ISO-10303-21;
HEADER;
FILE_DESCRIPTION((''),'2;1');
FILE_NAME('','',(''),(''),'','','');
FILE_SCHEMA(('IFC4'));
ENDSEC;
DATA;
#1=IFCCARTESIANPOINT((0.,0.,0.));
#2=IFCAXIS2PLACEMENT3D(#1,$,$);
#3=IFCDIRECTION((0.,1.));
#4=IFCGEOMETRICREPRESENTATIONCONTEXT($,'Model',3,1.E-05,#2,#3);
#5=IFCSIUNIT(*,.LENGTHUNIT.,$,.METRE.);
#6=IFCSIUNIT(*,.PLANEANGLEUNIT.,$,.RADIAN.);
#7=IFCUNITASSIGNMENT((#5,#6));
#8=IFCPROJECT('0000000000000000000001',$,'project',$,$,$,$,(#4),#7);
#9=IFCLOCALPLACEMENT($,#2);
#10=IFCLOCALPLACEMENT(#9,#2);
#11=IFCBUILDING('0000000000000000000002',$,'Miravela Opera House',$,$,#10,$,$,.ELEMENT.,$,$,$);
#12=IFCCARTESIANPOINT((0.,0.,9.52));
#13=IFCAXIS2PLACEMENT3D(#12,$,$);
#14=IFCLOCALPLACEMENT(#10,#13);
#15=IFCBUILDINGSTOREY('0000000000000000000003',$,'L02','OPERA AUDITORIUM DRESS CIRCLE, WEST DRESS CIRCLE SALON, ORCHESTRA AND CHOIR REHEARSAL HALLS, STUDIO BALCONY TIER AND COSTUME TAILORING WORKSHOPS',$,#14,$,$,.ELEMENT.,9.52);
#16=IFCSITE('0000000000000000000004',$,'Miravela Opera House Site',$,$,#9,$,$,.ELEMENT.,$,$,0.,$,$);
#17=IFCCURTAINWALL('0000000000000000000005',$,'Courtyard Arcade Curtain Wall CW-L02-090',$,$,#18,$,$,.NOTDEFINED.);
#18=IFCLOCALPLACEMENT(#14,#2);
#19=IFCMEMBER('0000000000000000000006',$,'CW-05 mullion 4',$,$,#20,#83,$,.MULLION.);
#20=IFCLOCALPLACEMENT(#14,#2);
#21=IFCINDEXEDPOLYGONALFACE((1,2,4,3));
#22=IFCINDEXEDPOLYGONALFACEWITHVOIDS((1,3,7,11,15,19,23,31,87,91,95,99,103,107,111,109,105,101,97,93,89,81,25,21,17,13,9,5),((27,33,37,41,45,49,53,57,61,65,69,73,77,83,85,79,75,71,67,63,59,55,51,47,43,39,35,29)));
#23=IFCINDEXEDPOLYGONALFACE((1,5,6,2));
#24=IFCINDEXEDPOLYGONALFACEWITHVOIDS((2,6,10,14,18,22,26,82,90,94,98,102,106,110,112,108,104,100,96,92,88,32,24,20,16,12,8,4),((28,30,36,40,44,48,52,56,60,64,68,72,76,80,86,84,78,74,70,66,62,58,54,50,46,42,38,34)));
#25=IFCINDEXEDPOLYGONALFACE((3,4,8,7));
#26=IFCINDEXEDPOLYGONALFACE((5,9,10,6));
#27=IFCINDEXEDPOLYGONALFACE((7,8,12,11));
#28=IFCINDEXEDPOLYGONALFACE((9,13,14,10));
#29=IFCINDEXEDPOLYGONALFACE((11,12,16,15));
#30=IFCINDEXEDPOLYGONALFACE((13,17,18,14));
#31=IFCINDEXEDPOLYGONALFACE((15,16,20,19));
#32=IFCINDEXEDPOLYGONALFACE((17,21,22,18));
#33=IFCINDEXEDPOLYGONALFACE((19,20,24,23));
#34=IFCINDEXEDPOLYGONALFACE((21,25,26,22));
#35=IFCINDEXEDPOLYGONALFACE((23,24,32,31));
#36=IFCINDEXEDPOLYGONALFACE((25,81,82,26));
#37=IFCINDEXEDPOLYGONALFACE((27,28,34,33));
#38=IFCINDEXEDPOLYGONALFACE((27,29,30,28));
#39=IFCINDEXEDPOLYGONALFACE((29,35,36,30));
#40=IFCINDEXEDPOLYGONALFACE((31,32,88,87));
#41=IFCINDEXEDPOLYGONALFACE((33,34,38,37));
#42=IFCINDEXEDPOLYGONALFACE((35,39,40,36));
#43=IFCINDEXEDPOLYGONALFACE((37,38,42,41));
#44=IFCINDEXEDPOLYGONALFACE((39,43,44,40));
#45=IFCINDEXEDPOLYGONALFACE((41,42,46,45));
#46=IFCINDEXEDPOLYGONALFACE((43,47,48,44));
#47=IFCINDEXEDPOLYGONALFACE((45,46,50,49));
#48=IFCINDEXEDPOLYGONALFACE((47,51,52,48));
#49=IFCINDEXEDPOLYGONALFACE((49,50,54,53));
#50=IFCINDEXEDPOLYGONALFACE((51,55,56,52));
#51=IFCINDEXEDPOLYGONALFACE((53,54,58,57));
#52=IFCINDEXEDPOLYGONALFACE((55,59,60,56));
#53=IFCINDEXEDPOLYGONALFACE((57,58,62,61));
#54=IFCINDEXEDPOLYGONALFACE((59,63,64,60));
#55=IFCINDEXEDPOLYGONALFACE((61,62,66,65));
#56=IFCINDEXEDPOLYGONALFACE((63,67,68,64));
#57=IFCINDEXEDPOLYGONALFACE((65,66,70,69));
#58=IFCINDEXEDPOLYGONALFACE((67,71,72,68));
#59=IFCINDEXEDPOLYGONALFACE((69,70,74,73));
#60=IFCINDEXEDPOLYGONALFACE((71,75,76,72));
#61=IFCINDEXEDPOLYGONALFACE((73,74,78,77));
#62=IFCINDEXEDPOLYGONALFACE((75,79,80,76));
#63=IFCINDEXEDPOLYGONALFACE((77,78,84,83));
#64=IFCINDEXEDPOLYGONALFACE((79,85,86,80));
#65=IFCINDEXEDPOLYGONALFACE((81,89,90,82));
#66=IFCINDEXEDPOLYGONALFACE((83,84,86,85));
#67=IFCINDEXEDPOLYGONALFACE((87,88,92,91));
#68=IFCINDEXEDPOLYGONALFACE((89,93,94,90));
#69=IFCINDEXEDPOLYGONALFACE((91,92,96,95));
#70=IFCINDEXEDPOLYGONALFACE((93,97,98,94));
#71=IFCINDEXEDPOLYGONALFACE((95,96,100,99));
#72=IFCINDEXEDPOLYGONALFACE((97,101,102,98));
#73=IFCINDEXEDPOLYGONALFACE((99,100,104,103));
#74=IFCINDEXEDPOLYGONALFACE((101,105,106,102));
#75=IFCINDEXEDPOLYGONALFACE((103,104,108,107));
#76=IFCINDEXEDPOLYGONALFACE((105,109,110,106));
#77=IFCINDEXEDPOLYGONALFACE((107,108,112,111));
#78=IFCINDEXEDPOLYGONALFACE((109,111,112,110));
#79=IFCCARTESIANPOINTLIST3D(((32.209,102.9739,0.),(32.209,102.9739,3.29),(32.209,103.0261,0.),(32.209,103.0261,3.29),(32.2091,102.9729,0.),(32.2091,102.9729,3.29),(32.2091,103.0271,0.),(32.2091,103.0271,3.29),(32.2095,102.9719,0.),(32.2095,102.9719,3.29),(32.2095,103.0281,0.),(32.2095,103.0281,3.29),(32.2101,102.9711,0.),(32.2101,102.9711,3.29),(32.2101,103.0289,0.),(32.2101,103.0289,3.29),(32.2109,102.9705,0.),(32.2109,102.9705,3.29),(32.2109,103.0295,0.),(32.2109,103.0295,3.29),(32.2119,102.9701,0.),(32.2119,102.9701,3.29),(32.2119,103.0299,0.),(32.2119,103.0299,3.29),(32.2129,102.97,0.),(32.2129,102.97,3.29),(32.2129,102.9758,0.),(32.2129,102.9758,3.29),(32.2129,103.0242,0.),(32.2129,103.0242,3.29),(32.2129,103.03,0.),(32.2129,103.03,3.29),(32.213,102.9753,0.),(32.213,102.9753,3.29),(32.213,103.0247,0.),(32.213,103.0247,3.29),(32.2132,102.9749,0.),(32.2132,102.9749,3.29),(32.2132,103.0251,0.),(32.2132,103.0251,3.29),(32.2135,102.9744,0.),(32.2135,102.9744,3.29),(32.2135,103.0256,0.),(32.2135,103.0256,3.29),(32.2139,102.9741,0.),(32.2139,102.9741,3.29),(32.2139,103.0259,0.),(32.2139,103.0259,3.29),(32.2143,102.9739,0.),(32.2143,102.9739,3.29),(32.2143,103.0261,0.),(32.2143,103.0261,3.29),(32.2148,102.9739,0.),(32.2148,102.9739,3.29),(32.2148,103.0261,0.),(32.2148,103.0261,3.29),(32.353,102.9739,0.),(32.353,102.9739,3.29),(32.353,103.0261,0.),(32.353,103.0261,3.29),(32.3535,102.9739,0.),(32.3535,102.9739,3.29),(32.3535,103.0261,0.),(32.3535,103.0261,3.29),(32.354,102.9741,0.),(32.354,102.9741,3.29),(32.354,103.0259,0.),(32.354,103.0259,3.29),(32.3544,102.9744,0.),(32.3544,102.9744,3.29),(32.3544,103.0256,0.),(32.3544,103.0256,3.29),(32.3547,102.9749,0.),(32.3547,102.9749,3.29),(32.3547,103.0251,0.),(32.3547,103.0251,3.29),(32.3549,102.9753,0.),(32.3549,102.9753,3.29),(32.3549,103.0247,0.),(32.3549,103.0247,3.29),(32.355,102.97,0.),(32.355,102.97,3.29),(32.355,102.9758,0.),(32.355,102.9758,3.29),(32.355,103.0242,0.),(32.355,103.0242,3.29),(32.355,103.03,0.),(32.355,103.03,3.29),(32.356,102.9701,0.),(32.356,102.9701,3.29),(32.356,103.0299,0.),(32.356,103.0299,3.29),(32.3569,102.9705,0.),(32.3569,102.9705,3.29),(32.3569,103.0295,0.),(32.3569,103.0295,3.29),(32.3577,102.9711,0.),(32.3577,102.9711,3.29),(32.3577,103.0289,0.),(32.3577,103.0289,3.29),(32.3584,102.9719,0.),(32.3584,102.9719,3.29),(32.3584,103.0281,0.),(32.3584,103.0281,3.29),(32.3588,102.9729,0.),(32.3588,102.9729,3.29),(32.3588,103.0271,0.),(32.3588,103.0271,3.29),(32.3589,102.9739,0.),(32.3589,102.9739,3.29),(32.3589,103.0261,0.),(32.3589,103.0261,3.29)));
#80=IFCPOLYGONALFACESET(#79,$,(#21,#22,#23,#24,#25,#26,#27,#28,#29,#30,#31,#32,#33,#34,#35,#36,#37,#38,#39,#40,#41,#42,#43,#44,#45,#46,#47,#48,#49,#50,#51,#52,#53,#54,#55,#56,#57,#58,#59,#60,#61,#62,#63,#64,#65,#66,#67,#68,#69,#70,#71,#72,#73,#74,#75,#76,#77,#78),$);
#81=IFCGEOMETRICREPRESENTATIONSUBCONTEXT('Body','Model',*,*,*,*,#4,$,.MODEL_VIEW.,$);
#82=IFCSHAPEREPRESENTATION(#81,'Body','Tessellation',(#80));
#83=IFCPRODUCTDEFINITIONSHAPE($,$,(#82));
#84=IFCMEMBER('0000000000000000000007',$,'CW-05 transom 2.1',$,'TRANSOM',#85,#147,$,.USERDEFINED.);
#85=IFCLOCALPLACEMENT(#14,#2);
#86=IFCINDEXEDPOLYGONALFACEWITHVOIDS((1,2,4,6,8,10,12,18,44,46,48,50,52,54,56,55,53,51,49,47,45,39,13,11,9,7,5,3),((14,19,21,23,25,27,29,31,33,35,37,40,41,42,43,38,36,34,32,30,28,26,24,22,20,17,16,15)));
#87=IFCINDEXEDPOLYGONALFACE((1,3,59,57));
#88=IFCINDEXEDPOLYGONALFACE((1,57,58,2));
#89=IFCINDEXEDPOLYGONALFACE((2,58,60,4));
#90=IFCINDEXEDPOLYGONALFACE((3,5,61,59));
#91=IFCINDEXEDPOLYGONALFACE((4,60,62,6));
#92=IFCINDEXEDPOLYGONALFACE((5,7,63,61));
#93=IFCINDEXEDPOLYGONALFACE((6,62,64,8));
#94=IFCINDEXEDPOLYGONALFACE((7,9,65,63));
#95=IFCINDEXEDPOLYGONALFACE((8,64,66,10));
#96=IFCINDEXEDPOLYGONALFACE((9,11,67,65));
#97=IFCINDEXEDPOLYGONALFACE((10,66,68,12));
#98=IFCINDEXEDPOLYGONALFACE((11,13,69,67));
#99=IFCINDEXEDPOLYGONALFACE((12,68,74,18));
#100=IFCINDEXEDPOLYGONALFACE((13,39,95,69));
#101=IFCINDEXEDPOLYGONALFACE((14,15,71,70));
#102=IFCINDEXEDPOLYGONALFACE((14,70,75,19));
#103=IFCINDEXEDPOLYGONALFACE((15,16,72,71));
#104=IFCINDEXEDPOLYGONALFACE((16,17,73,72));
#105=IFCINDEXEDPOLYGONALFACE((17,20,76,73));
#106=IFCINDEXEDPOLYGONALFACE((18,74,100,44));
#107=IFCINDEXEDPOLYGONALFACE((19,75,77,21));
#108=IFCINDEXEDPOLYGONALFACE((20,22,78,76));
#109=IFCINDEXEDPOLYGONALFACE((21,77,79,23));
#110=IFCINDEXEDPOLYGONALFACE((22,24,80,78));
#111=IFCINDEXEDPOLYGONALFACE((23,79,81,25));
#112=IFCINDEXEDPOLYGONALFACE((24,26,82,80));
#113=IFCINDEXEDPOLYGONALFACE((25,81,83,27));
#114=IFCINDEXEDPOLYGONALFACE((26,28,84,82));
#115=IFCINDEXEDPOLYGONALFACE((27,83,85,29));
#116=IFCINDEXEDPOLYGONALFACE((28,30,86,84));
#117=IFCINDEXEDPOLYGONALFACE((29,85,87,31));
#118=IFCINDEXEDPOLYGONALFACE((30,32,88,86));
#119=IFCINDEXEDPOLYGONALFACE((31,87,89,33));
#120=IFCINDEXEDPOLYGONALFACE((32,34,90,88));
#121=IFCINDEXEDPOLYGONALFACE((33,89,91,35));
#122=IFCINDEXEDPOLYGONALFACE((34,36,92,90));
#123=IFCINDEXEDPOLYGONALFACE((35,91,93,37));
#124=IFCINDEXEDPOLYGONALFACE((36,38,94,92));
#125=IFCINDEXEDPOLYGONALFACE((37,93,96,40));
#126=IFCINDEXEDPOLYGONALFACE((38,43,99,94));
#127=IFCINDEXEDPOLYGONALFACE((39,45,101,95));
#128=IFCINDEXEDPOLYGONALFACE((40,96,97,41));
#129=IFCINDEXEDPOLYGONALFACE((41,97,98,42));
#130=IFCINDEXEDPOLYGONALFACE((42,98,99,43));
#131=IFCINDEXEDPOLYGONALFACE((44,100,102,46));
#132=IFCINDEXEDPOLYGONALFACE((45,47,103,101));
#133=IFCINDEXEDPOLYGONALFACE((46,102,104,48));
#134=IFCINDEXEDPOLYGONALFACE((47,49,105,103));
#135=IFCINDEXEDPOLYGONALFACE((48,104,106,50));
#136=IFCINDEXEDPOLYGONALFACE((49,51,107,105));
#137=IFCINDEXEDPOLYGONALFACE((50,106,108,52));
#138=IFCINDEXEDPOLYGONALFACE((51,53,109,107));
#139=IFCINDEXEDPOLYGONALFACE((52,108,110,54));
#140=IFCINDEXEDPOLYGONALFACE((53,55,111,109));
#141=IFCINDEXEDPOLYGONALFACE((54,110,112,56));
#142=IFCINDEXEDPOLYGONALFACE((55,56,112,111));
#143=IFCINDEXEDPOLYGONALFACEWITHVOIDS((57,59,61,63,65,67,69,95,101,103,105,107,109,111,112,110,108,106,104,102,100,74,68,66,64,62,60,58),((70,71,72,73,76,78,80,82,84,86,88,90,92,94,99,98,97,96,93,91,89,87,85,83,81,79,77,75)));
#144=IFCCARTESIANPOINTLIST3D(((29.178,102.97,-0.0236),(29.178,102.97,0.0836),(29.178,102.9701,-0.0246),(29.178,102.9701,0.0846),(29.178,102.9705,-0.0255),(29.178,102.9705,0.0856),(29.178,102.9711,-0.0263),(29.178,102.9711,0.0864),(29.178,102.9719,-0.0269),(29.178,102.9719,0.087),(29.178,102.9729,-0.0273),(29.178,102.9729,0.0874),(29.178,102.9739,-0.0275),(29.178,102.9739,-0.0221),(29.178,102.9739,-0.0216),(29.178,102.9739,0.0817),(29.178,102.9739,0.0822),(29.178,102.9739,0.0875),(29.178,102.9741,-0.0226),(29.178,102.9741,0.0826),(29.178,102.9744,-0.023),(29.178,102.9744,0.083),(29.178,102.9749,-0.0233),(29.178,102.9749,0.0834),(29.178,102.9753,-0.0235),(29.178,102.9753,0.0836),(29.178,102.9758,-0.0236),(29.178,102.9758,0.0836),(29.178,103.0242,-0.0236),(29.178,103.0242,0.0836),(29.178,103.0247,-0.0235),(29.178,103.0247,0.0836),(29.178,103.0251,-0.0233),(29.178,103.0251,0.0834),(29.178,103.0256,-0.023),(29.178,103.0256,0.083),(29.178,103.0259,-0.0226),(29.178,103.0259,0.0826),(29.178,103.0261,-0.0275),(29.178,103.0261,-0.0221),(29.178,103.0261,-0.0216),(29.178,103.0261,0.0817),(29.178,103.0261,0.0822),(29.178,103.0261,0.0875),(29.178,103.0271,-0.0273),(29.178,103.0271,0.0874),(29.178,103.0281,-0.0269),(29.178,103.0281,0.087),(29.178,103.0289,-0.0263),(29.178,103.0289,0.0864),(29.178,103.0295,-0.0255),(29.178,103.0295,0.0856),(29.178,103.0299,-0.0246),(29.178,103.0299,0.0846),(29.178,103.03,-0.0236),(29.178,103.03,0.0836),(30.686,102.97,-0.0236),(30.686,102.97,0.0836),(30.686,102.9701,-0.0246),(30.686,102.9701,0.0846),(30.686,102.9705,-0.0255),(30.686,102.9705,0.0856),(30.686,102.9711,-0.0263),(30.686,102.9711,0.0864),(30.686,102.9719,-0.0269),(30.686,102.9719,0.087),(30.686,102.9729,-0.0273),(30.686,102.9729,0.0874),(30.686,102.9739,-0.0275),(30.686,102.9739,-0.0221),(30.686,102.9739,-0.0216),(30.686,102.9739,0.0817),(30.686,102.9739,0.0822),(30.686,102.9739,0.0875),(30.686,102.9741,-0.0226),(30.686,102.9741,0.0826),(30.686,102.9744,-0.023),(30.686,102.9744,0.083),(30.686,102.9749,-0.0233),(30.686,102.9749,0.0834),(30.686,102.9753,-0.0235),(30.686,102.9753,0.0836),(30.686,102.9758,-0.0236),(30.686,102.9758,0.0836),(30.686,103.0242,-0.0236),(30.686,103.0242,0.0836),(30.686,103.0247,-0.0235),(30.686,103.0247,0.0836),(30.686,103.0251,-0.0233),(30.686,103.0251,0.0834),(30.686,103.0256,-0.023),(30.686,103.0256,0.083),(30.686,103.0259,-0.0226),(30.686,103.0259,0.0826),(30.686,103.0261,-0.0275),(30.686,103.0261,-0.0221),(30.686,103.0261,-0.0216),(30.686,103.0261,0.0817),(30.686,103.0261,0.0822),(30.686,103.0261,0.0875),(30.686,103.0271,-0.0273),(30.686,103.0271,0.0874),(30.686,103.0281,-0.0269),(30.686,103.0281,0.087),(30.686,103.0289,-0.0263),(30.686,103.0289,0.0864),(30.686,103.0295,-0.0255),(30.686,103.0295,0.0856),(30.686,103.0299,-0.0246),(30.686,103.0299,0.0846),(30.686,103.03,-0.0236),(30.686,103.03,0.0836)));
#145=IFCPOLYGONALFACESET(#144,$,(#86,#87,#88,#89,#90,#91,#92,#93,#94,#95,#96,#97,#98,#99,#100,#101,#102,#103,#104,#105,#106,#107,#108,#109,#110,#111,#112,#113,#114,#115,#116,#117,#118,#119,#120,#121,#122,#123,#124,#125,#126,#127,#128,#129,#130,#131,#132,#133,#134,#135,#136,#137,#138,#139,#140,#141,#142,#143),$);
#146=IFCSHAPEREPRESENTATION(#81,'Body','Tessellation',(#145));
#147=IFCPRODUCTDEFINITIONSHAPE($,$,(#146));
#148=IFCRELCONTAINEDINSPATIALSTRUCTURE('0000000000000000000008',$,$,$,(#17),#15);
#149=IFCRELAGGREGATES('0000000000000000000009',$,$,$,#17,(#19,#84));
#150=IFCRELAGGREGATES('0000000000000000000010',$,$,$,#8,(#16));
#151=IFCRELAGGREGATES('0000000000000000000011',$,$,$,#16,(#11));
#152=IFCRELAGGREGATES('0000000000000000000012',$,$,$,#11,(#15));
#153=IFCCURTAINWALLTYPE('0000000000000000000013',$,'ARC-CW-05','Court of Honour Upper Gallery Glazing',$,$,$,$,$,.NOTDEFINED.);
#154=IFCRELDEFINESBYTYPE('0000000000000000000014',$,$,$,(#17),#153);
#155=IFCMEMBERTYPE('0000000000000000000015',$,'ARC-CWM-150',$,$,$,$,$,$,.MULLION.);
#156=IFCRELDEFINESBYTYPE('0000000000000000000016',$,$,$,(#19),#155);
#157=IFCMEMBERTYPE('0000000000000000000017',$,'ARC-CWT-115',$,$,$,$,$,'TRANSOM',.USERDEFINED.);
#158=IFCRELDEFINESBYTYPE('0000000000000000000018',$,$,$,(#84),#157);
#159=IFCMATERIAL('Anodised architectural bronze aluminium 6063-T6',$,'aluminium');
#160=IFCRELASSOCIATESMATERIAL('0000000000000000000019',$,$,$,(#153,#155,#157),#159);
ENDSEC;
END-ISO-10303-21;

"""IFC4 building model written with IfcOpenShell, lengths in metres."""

from ifc_helpers import new_model, si_unit, direction, frame, origin, origin_2d, place, context, subcontext, project, spatial, hollow_rectangle, extrude, material, material_profile, profile_set, type_object, element, aggregate, save


model = new_model("IFC4")

# Units and contexts
model_context = context("Model", 3, precision=1e-05, world=origin(), true_north=direction((0.0, 1.0)))
body_context = subcontext(model_context, "Body", "Model", "MODEL_VIEW")
ifc_project = project(units=[si_unit("LENGTHUNIT", "METRE"), si_unit("PLANEANGLEUNIT", "RADIAN")], contexts=[model_context])

# Site, building, storey
site_placement = place(None, origin())
site = spatial("IfcSite", under=ifc_project, at=site_placement, Name="Miravela Opera House Site", CompositionType="ELEMENT", RefElevation=0.0)
building_placement = place(site_placement, origin())
building = spatial("IfcBuilding", under=site, at=building_placement, Name="Miravela Opera House", CompositionType="ELEMENT")
storey_placement = place(building_placement, frame((0.0, 0.0, 9.52)))
storey = spatial("IfcBuildingStorey", under=building, at=storey_placement, Name="L02", Description="OPERA AUDITORIUM DRESS CIRCLE, WEST DRESS CIRCLE SALON, ORCHESTRA AND CHOIR REHEARSAL HALLS, STUDIO BALCONY TIER AND COSTUME TAILORING WORKSHOPS", CompositionType="ELEMENT", Elevation=9.52)

# Curtain wall, members
ifc_material_1 = material(Name="Anodised architectural bronze aluminium 6063-T6", Category="aluminium")
curtain_wall_type = type_object("IfcCurtainWallType", Name="ARC-CW-05", Description="Court of Honour Upper Gallery Glazing", PredefinedType="NOTDEFINED", material=ifc_material_1)
curtain_wall_placement = place(storey_placement, origin())
curtain_wall = element("IfcCurtainWall", 1, at=curtain_wall_placement, inside=storey, type_object=curtain_wall_type, Name="Courtyard Arcade Curtain Wall CW-L02-090", PredefinedType="NOTDEFINED")
ifc_material_profile_1 = material_profile(ifc_material_1, hollow_rectangle(XDim=0.0601, YDim=0.1499, WallThickness=0.0039, InnerFilletRadius=0.002, OuterFilletRadius=0.0039, at=origin_2d()), Name="CWM-60X150")
ifc_profile_set_1 = profile_set([ifc_material_profile_1])
member_type_1 = type_object("IfcMemberType", Name="ARC-CWM-150", PredefinedType="MULLION", material=ifc_profile_set_1)
member_1_placement = place(storey_placement, frame((32.2839, 103.0, 0.0), z_axis=(0.0, 0.0, 1.0), x_axis=(0.0, 1.0, 0.0)))
member_1 = element("IfcMember", 2, at=member_1_placement, type_object=member_type_1, Name="CW-05 mullion 4", PredefinedType="MULLION", context=body_context, shape_type="SweptSolid", body=[
    extrude(hollow_rectangle(XDim=0.0601, YDim=0.1499, WallThickness=0.0039, InnerFilletRadius=0.002, OuterFilletRadius=0.0039, at=origin_2d()), origin(), (0.0, 0.0, 1.0), 3.29),
])
ifc_material_profile_2 = material_profile(ifc_material_1, hollow_rectangle(XDim=0.0601, YDim=0.115, WallThickness=0.0039, InnerFilletRadius=0.002, OuterFilletRadius=0.0039, at=origin_2d()), Name="CWT-60X115")
ifc_profile_set_2 = profile_set([ifc_material_profile_2])
member_type_2 = type_object("IfcMemberType", Name="ARC-CWT-115", ElementType="TRANSOM", PredefinedType="USERDEFINED", material=ifc_profile_set_2)
member_2_placement = place(storey_placement, frame((29.178, 103.0, 0.03), z_axis=(1.0, 0.0, 0.0), x_axis=(0.0, 1.0, 0.0)))
member_2 = element("IfcMember", 3, at=member_2_placement, type_object=member_type_2, Name="CW-05 transom 2.1", ObjectType="TRANSOM", PredefinedType="USERDEFINED", context=body_context, shape_type="SweptSolid", body=[
    extrude(hollow_rectangle(XDim=0.0601, YDim=0.115, WallThickness=0.0039, InnerFilletRadius=0.002, OuterFilletRadius=0.0039, at=origin_2d()), origin(), (0.0, 0.0, 1.0), 1.5081),
])
aggregate(curtain_wall, [member_1, member_2])

save(model, "model.ifc")
